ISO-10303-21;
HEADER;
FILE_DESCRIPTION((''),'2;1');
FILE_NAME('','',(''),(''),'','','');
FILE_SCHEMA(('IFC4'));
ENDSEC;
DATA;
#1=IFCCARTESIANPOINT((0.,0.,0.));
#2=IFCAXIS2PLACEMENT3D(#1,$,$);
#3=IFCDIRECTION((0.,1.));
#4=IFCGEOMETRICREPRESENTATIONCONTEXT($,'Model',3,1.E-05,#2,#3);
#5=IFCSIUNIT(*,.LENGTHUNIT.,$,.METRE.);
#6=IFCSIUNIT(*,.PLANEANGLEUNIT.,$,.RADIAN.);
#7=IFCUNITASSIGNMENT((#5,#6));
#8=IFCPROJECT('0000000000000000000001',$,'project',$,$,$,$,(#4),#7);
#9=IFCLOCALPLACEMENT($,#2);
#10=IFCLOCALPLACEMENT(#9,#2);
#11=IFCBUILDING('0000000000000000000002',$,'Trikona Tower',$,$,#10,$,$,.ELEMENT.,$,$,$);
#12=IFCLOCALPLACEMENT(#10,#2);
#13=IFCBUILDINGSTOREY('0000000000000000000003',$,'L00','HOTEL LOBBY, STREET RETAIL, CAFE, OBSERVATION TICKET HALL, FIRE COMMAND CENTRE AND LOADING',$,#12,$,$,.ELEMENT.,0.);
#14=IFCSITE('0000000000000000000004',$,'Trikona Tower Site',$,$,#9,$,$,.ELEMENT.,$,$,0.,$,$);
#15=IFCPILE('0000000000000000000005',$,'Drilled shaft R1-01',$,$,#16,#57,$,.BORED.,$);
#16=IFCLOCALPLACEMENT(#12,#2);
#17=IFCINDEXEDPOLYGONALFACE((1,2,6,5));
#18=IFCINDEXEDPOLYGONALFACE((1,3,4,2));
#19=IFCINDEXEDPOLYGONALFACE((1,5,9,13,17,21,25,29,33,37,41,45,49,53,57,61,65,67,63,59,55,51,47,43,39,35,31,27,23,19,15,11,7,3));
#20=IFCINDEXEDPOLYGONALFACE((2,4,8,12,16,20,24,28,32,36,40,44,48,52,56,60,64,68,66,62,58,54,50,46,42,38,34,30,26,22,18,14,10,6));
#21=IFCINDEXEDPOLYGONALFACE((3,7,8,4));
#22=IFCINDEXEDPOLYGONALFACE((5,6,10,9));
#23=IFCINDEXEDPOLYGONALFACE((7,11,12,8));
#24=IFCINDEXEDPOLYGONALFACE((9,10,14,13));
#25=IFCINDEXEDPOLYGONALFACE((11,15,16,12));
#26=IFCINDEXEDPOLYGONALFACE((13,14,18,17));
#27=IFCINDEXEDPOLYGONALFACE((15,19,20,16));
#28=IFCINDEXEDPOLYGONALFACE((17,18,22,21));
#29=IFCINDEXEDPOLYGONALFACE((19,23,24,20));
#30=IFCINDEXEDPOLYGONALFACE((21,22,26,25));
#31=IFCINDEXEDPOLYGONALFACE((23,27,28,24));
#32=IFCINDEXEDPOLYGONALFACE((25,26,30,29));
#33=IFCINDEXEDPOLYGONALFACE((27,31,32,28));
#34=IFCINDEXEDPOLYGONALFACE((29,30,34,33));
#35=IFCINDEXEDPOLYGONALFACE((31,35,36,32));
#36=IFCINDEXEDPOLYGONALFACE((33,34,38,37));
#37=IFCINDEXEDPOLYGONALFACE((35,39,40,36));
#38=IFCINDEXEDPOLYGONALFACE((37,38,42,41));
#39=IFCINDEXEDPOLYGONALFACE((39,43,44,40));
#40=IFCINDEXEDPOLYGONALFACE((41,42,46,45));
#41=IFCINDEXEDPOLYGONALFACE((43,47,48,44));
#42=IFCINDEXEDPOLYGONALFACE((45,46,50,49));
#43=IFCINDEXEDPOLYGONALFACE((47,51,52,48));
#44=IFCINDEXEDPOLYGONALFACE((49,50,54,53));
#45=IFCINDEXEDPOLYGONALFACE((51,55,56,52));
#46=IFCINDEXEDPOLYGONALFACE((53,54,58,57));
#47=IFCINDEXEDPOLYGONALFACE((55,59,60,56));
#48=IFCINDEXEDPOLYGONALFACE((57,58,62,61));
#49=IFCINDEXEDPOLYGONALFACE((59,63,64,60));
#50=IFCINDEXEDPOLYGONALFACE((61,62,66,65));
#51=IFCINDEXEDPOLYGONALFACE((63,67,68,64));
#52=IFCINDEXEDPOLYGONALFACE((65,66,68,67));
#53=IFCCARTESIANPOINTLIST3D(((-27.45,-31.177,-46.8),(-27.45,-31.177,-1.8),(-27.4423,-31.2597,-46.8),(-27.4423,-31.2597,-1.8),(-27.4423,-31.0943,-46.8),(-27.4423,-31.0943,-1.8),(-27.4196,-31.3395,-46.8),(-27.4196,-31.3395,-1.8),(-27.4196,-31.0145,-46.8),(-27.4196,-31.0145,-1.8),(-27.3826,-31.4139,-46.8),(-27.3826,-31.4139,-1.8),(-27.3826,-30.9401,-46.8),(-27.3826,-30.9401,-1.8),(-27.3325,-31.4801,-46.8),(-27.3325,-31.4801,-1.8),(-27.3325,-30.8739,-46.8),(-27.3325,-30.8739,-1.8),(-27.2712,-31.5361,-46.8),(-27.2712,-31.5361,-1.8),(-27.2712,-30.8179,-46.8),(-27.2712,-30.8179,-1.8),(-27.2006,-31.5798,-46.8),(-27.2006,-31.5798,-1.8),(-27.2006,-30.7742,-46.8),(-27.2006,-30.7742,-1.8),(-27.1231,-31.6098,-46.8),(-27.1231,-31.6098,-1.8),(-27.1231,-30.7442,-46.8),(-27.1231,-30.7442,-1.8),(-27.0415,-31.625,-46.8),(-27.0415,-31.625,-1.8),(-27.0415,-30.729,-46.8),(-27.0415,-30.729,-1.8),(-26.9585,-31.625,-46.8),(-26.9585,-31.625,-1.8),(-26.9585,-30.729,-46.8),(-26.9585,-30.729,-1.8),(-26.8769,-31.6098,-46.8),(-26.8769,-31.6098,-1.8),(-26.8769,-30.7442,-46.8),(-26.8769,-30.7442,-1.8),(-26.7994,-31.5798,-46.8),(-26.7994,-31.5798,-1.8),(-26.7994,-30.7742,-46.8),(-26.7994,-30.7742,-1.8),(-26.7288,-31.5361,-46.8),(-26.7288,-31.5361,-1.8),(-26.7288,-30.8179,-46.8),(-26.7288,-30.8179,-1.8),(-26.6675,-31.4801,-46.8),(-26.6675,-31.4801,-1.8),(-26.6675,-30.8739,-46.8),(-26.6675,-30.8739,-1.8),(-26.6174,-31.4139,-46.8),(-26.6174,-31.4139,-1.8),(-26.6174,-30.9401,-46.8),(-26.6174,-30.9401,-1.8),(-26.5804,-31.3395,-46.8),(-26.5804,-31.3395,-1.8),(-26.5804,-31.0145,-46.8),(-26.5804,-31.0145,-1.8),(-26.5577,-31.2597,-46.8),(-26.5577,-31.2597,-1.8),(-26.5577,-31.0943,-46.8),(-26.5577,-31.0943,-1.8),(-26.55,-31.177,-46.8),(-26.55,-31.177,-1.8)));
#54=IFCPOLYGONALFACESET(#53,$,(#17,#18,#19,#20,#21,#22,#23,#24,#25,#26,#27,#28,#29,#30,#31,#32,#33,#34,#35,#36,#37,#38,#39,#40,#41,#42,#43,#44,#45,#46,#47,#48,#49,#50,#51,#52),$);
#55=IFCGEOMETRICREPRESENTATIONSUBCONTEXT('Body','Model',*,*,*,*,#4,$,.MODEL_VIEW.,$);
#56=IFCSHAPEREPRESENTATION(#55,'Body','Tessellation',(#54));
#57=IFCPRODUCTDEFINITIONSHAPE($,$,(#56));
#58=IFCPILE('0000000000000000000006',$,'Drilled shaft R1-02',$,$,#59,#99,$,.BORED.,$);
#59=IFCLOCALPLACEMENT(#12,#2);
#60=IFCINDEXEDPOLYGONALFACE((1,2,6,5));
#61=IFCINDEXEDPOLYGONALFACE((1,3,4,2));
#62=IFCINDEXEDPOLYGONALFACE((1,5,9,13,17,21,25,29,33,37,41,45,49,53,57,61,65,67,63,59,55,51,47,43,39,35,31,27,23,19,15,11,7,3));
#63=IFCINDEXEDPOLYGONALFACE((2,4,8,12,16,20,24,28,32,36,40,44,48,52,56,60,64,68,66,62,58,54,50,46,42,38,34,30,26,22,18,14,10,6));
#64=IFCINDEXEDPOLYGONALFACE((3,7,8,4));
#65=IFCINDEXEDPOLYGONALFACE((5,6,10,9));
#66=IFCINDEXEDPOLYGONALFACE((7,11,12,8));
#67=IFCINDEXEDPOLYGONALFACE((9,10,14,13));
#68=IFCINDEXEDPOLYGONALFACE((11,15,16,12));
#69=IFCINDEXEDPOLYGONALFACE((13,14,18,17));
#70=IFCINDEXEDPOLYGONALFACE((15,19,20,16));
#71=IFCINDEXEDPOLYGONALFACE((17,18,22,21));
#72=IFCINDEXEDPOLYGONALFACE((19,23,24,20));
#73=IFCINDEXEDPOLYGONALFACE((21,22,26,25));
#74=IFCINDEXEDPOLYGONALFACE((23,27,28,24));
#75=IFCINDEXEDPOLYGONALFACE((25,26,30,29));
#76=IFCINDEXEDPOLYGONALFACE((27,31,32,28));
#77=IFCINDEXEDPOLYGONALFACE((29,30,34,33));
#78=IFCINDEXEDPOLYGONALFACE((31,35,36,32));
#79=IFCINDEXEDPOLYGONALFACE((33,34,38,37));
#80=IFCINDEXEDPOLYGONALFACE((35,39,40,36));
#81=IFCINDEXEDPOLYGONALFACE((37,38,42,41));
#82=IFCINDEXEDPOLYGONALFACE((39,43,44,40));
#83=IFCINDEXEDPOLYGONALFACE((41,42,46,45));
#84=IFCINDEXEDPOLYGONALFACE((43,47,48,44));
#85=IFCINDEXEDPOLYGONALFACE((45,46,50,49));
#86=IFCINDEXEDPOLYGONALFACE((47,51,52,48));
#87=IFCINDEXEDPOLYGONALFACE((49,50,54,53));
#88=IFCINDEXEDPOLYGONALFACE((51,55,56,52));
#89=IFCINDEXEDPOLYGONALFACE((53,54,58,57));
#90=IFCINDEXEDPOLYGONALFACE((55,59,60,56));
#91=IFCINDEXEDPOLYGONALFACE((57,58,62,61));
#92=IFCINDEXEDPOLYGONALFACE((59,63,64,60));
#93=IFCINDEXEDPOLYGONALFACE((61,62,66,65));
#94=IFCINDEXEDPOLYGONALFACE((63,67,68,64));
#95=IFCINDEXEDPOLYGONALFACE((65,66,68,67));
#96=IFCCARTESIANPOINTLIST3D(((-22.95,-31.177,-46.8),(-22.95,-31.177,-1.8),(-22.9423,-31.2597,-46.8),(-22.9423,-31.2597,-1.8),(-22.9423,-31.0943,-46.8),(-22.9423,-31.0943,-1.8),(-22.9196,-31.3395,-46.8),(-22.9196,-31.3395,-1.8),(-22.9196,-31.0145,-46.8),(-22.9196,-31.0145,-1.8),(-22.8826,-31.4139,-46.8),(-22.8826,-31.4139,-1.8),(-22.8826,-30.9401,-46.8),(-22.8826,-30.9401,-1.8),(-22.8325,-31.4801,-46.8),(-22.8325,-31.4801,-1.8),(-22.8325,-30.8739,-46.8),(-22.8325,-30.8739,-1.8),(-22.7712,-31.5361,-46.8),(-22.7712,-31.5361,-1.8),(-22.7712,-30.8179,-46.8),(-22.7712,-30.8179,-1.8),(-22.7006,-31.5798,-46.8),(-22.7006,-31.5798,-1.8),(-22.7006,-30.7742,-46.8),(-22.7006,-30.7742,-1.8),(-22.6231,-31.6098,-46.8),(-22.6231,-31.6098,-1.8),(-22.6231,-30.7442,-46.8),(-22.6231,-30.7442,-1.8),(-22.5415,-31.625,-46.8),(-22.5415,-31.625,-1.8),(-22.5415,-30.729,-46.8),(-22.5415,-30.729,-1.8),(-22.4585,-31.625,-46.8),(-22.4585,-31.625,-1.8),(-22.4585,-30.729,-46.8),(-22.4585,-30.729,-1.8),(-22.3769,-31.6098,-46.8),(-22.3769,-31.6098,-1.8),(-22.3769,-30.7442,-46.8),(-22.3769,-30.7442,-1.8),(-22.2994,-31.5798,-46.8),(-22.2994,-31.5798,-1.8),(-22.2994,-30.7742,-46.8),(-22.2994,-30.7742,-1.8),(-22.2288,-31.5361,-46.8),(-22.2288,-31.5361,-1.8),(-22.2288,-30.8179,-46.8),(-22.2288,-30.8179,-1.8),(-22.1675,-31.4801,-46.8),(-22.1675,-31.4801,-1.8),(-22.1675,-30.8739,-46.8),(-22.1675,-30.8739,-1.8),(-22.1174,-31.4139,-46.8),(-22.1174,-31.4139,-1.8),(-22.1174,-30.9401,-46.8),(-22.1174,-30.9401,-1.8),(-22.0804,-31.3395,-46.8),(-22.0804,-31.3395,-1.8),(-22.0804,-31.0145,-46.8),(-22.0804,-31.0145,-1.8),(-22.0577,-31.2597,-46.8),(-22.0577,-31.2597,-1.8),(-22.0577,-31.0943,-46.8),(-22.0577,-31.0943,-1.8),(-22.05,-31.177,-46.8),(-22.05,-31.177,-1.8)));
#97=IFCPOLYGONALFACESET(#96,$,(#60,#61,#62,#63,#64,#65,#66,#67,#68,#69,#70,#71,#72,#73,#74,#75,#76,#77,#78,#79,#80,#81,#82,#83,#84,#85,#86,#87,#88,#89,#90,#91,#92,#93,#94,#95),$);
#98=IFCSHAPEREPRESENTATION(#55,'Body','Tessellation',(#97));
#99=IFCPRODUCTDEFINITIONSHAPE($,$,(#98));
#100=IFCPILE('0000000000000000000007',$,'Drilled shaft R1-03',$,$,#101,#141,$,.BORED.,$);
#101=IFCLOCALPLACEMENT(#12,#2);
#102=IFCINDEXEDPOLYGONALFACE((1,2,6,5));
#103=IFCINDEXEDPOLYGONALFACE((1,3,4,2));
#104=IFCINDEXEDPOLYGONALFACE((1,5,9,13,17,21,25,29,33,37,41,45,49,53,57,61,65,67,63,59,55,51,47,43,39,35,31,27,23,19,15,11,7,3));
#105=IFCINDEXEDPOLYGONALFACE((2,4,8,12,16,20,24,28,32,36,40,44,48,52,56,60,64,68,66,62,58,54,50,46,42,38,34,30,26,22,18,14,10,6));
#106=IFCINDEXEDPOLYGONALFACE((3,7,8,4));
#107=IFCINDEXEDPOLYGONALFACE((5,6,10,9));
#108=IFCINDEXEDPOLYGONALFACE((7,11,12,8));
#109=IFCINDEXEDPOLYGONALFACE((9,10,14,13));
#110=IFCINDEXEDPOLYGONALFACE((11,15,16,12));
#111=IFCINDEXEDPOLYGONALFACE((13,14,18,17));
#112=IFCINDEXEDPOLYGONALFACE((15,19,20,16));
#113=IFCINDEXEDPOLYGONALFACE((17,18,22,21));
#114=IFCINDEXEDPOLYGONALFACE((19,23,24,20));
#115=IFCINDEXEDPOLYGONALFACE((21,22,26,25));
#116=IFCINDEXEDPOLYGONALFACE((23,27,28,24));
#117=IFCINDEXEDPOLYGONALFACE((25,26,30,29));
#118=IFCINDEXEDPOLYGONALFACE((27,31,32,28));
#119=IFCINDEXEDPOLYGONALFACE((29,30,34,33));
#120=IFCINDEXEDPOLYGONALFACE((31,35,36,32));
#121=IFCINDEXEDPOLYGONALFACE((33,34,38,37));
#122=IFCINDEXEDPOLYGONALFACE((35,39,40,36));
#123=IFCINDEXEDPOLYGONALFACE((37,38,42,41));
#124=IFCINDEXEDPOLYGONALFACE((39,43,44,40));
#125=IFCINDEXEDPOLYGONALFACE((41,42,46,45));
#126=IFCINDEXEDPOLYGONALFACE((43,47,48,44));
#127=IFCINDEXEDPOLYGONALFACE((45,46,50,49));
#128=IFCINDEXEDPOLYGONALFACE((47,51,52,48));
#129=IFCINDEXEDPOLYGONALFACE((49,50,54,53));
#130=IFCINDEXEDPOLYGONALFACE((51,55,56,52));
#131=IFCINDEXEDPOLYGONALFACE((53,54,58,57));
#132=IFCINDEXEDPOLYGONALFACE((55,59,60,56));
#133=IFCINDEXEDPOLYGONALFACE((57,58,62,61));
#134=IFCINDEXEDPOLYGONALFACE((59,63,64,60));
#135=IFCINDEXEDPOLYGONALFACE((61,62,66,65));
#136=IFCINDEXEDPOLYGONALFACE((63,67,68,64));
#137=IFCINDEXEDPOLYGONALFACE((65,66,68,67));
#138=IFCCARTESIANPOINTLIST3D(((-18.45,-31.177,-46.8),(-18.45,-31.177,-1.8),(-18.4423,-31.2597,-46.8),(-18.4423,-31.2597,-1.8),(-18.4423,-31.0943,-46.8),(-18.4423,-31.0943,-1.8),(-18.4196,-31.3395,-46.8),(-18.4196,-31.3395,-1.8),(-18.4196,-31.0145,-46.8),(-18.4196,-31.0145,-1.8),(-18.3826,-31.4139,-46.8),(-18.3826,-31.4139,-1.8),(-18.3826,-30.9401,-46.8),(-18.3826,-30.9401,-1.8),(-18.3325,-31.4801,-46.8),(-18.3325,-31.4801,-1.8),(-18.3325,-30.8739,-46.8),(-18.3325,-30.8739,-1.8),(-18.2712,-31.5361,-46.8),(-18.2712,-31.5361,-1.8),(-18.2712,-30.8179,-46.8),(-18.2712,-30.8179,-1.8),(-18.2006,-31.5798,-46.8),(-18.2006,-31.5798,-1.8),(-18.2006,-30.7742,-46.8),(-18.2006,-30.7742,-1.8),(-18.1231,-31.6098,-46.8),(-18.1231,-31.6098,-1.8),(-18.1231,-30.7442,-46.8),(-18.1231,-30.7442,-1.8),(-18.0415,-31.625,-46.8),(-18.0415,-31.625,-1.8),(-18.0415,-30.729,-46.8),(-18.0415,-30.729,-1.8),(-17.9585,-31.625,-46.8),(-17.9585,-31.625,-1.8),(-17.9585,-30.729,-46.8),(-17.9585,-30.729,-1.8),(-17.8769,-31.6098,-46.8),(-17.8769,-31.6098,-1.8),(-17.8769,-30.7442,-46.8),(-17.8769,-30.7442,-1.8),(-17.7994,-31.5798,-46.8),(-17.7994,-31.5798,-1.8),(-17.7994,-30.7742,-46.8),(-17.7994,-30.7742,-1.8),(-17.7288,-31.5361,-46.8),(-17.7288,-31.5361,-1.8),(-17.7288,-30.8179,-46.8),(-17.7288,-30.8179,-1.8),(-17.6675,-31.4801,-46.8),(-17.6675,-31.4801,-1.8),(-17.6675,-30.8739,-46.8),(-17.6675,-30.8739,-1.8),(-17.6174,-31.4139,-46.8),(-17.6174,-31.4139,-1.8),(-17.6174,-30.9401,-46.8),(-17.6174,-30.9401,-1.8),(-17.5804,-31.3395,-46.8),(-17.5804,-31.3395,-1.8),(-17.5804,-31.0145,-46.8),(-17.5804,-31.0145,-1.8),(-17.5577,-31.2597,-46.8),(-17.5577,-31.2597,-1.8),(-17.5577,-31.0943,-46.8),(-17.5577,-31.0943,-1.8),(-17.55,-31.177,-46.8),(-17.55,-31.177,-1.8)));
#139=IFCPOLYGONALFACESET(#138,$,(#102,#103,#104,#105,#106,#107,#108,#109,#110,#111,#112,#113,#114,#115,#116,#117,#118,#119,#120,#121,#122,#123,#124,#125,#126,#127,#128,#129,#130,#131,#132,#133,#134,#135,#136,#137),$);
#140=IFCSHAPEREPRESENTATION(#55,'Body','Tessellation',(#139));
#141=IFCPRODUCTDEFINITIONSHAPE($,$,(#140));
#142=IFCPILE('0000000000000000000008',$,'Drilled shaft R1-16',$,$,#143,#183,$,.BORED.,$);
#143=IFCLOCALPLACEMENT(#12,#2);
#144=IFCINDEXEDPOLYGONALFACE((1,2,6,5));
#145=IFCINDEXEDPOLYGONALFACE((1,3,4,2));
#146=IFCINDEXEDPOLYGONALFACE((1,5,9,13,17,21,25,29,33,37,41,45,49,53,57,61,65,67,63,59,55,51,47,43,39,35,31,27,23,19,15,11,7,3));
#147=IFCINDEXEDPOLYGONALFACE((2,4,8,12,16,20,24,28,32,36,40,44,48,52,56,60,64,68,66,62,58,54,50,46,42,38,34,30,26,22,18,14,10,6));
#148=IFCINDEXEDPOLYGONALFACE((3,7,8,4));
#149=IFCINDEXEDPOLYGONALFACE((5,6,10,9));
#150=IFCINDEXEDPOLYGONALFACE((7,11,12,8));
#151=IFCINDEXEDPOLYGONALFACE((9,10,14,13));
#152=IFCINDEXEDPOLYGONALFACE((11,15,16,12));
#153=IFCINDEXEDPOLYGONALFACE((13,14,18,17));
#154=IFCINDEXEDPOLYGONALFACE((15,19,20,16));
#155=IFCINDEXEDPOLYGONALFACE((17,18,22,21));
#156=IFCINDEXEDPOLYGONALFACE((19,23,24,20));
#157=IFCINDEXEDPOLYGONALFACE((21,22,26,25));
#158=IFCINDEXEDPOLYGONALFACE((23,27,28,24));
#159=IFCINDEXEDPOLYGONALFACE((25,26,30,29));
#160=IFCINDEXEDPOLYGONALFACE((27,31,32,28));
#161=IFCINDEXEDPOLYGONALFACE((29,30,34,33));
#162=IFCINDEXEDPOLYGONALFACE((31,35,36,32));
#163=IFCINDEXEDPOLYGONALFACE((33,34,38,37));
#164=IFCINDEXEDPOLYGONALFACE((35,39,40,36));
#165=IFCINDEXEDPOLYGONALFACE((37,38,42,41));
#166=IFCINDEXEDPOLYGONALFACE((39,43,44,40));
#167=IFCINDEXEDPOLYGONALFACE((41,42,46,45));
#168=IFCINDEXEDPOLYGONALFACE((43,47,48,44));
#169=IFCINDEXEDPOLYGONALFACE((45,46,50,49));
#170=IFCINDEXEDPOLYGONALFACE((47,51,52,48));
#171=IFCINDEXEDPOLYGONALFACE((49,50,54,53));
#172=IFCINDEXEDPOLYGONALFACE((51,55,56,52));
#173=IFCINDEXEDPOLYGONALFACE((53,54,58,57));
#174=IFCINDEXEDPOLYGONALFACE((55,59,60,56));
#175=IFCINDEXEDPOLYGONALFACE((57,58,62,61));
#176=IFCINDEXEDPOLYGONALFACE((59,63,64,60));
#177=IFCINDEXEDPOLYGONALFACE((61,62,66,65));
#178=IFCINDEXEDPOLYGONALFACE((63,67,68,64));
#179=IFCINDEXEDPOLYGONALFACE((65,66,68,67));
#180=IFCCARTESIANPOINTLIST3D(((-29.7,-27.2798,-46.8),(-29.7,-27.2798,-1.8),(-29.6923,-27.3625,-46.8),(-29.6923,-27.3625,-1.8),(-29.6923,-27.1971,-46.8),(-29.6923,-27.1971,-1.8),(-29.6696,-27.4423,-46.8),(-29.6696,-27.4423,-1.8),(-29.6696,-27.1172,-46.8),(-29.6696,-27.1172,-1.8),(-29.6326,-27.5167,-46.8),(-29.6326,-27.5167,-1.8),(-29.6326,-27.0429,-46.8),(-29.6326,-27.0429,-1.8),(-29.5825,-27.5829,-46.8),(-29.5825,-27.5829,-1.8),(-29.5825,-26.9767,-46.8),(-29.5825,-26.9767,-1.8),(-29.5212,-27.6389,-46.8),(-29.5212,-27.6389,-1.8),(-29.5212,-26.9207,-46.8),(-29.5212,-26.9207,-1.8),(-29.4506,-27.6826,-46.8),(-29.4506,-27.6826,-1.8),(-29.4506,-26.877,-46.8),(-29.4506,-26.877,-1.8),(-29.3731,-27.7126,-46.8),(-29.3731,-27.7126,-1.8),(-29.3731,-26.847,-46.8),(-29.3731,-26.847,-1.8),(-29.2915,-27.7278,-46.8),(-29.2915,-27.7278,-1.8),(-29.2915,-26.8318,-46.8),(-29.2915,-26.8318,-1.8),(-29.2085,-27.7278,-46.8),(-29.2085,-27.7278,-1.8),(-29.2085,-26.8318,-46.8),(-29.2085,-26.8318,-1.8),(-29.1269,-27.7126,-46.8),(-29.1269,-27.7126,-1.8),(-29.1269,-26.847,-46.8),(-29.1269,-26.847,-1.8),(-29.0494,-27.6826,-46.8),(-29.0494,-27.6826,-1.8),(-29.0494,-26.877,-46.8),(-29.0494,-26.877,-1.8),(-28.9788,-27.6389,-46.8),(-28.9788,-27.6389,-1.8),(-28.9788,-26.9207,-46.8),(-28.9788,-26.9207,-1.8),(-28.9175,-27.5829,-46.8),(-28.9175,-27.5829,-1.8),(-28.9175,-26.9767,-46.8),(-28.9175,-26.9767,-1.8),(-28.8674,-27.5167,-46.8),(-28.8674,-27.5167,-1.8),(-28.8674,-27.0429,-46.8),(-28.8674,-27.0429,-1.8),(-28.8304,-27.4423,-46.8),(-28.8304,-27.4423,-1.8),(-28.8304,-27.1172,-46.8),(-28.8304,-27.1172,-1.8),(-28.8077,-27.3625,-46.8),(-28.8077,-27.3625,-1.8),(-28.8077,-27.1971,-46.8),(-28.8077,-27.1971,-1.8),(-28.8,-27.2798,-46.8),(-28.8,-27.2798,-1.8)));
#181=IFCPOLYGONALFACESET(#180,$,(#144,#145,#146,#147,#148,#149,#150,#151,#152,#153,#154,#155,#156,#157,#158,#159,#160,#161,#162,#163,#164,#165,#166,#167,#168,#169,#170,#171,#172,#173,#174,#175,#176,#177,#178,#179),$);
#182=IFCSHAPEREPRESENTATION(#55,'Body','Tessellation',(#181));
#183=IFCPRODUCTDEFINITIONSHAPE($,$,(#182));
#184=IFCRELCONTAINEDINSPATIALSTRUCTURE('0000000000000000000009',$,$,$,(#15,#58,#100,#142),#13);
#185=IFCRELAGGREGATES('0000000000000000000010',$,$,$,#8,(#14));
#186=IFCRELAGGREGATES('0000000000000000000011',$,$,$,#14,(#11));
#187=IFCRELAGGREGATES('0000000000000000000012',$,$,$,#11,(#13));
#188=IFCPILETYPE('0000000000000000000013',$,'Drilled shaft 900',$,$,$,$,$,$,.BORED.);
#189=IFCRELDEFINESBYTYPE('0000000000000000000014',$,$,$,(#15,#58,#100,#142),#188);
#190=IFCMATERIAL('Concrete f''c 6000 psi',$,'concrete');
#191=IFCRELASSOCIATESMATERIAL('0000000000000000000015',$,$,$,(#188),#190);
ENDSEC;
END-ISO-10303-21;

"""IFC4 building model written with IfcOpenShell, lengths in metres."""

from ifc_helpers import new_model, si_unit, direction, frame, origin, origin_2d, place, context, subcontext, project, spatial, circle, extrude, material, type_object, element, save


model = new_model("IFC4")

# Units and contexts
model_context = context("Model", 3, precision=1e-05, world=origin(), true_north=direction((0.0, 1.0)))
body_context = subcontext(model_context, "Body", "Model", "MODEL_VIEW")
ifc_project = project(units=[si_unit("LENGTHUNIT", "METRE"), si_unit("PLANEANGLEUNIT", "RADIAN")], contexts=[model_context])

# Site, building, storey
site_placement = place(None, origin())
site = spatial("IfcSite", under=ifc_project, at=site_placement, Name="Trikona Tower Site", CompositionType="ELEMENT", RefElevation=0.0)
building_placement = place(site_placement, origin())
building = spatial("IfcBuilding", under=site, at=building_placement, Name="Trikona Tower", CompositionType="ELEMENT")
storey_placement = place(building_placement, origin())
storey = spatial("IfcBuildingStorey", under=building, at=storey_placement, Name="L00", Description="HOTEL LOBBY, STREET RETAIL, CAFE, OBSERVATION TICKET HALL, FIRE COMMAND CENTRE AND LOADING", CompositionType="ELEMENT", Elevation=0.0)

# Piles
ifc_material_1 = material(Name="Concrete f'c 6000 psi", Category="concrete")
pile_type = type_object("IfcPileType", Name="Drilled shaft 900", PredefinedType="BORED", material=ifc_material_1)
for number, where, z_axis, x_axis, name in (
    (1, (-27.0, -31.177, -1.8), (0.0, 0.0, -1.0), (1.0, 0.0, 0.0), "Drilled shaft R1-01"),
    (2, (-22.5, -31.177, -1.8), (0.0, 0.0, -1.0), (1.0, 0.0, 0.0), "Drilled shaft R1-02"),
    (3, (-18.0, -31.177, -1.8), (0.0, 0.0, -1.0), (1.0, 0.0, 0.0), "Drilled shaft R1-03"),
    (4, (-29.25, -27.2798, -1.8), (0.0, 0.0, -1.0), (1.0, 0.0, 0.0), "Drilled shaft R1-16"),
):
    element("IfcPile", number, at=place(storey_placement, frame(where, z_axis=z_axis, x_axis=x_axis)), inside=storey, type_object=pile_type, Name=name, PredefinedType="BORED", context=body_context, shape_type="SweptSolid", body=[
        extrude(circle(Radius=0.45, at=origin_2d()), origin(), (0.0, 0.0, 1.0), 45.0),
    ])

save(model, "model.ifc")
